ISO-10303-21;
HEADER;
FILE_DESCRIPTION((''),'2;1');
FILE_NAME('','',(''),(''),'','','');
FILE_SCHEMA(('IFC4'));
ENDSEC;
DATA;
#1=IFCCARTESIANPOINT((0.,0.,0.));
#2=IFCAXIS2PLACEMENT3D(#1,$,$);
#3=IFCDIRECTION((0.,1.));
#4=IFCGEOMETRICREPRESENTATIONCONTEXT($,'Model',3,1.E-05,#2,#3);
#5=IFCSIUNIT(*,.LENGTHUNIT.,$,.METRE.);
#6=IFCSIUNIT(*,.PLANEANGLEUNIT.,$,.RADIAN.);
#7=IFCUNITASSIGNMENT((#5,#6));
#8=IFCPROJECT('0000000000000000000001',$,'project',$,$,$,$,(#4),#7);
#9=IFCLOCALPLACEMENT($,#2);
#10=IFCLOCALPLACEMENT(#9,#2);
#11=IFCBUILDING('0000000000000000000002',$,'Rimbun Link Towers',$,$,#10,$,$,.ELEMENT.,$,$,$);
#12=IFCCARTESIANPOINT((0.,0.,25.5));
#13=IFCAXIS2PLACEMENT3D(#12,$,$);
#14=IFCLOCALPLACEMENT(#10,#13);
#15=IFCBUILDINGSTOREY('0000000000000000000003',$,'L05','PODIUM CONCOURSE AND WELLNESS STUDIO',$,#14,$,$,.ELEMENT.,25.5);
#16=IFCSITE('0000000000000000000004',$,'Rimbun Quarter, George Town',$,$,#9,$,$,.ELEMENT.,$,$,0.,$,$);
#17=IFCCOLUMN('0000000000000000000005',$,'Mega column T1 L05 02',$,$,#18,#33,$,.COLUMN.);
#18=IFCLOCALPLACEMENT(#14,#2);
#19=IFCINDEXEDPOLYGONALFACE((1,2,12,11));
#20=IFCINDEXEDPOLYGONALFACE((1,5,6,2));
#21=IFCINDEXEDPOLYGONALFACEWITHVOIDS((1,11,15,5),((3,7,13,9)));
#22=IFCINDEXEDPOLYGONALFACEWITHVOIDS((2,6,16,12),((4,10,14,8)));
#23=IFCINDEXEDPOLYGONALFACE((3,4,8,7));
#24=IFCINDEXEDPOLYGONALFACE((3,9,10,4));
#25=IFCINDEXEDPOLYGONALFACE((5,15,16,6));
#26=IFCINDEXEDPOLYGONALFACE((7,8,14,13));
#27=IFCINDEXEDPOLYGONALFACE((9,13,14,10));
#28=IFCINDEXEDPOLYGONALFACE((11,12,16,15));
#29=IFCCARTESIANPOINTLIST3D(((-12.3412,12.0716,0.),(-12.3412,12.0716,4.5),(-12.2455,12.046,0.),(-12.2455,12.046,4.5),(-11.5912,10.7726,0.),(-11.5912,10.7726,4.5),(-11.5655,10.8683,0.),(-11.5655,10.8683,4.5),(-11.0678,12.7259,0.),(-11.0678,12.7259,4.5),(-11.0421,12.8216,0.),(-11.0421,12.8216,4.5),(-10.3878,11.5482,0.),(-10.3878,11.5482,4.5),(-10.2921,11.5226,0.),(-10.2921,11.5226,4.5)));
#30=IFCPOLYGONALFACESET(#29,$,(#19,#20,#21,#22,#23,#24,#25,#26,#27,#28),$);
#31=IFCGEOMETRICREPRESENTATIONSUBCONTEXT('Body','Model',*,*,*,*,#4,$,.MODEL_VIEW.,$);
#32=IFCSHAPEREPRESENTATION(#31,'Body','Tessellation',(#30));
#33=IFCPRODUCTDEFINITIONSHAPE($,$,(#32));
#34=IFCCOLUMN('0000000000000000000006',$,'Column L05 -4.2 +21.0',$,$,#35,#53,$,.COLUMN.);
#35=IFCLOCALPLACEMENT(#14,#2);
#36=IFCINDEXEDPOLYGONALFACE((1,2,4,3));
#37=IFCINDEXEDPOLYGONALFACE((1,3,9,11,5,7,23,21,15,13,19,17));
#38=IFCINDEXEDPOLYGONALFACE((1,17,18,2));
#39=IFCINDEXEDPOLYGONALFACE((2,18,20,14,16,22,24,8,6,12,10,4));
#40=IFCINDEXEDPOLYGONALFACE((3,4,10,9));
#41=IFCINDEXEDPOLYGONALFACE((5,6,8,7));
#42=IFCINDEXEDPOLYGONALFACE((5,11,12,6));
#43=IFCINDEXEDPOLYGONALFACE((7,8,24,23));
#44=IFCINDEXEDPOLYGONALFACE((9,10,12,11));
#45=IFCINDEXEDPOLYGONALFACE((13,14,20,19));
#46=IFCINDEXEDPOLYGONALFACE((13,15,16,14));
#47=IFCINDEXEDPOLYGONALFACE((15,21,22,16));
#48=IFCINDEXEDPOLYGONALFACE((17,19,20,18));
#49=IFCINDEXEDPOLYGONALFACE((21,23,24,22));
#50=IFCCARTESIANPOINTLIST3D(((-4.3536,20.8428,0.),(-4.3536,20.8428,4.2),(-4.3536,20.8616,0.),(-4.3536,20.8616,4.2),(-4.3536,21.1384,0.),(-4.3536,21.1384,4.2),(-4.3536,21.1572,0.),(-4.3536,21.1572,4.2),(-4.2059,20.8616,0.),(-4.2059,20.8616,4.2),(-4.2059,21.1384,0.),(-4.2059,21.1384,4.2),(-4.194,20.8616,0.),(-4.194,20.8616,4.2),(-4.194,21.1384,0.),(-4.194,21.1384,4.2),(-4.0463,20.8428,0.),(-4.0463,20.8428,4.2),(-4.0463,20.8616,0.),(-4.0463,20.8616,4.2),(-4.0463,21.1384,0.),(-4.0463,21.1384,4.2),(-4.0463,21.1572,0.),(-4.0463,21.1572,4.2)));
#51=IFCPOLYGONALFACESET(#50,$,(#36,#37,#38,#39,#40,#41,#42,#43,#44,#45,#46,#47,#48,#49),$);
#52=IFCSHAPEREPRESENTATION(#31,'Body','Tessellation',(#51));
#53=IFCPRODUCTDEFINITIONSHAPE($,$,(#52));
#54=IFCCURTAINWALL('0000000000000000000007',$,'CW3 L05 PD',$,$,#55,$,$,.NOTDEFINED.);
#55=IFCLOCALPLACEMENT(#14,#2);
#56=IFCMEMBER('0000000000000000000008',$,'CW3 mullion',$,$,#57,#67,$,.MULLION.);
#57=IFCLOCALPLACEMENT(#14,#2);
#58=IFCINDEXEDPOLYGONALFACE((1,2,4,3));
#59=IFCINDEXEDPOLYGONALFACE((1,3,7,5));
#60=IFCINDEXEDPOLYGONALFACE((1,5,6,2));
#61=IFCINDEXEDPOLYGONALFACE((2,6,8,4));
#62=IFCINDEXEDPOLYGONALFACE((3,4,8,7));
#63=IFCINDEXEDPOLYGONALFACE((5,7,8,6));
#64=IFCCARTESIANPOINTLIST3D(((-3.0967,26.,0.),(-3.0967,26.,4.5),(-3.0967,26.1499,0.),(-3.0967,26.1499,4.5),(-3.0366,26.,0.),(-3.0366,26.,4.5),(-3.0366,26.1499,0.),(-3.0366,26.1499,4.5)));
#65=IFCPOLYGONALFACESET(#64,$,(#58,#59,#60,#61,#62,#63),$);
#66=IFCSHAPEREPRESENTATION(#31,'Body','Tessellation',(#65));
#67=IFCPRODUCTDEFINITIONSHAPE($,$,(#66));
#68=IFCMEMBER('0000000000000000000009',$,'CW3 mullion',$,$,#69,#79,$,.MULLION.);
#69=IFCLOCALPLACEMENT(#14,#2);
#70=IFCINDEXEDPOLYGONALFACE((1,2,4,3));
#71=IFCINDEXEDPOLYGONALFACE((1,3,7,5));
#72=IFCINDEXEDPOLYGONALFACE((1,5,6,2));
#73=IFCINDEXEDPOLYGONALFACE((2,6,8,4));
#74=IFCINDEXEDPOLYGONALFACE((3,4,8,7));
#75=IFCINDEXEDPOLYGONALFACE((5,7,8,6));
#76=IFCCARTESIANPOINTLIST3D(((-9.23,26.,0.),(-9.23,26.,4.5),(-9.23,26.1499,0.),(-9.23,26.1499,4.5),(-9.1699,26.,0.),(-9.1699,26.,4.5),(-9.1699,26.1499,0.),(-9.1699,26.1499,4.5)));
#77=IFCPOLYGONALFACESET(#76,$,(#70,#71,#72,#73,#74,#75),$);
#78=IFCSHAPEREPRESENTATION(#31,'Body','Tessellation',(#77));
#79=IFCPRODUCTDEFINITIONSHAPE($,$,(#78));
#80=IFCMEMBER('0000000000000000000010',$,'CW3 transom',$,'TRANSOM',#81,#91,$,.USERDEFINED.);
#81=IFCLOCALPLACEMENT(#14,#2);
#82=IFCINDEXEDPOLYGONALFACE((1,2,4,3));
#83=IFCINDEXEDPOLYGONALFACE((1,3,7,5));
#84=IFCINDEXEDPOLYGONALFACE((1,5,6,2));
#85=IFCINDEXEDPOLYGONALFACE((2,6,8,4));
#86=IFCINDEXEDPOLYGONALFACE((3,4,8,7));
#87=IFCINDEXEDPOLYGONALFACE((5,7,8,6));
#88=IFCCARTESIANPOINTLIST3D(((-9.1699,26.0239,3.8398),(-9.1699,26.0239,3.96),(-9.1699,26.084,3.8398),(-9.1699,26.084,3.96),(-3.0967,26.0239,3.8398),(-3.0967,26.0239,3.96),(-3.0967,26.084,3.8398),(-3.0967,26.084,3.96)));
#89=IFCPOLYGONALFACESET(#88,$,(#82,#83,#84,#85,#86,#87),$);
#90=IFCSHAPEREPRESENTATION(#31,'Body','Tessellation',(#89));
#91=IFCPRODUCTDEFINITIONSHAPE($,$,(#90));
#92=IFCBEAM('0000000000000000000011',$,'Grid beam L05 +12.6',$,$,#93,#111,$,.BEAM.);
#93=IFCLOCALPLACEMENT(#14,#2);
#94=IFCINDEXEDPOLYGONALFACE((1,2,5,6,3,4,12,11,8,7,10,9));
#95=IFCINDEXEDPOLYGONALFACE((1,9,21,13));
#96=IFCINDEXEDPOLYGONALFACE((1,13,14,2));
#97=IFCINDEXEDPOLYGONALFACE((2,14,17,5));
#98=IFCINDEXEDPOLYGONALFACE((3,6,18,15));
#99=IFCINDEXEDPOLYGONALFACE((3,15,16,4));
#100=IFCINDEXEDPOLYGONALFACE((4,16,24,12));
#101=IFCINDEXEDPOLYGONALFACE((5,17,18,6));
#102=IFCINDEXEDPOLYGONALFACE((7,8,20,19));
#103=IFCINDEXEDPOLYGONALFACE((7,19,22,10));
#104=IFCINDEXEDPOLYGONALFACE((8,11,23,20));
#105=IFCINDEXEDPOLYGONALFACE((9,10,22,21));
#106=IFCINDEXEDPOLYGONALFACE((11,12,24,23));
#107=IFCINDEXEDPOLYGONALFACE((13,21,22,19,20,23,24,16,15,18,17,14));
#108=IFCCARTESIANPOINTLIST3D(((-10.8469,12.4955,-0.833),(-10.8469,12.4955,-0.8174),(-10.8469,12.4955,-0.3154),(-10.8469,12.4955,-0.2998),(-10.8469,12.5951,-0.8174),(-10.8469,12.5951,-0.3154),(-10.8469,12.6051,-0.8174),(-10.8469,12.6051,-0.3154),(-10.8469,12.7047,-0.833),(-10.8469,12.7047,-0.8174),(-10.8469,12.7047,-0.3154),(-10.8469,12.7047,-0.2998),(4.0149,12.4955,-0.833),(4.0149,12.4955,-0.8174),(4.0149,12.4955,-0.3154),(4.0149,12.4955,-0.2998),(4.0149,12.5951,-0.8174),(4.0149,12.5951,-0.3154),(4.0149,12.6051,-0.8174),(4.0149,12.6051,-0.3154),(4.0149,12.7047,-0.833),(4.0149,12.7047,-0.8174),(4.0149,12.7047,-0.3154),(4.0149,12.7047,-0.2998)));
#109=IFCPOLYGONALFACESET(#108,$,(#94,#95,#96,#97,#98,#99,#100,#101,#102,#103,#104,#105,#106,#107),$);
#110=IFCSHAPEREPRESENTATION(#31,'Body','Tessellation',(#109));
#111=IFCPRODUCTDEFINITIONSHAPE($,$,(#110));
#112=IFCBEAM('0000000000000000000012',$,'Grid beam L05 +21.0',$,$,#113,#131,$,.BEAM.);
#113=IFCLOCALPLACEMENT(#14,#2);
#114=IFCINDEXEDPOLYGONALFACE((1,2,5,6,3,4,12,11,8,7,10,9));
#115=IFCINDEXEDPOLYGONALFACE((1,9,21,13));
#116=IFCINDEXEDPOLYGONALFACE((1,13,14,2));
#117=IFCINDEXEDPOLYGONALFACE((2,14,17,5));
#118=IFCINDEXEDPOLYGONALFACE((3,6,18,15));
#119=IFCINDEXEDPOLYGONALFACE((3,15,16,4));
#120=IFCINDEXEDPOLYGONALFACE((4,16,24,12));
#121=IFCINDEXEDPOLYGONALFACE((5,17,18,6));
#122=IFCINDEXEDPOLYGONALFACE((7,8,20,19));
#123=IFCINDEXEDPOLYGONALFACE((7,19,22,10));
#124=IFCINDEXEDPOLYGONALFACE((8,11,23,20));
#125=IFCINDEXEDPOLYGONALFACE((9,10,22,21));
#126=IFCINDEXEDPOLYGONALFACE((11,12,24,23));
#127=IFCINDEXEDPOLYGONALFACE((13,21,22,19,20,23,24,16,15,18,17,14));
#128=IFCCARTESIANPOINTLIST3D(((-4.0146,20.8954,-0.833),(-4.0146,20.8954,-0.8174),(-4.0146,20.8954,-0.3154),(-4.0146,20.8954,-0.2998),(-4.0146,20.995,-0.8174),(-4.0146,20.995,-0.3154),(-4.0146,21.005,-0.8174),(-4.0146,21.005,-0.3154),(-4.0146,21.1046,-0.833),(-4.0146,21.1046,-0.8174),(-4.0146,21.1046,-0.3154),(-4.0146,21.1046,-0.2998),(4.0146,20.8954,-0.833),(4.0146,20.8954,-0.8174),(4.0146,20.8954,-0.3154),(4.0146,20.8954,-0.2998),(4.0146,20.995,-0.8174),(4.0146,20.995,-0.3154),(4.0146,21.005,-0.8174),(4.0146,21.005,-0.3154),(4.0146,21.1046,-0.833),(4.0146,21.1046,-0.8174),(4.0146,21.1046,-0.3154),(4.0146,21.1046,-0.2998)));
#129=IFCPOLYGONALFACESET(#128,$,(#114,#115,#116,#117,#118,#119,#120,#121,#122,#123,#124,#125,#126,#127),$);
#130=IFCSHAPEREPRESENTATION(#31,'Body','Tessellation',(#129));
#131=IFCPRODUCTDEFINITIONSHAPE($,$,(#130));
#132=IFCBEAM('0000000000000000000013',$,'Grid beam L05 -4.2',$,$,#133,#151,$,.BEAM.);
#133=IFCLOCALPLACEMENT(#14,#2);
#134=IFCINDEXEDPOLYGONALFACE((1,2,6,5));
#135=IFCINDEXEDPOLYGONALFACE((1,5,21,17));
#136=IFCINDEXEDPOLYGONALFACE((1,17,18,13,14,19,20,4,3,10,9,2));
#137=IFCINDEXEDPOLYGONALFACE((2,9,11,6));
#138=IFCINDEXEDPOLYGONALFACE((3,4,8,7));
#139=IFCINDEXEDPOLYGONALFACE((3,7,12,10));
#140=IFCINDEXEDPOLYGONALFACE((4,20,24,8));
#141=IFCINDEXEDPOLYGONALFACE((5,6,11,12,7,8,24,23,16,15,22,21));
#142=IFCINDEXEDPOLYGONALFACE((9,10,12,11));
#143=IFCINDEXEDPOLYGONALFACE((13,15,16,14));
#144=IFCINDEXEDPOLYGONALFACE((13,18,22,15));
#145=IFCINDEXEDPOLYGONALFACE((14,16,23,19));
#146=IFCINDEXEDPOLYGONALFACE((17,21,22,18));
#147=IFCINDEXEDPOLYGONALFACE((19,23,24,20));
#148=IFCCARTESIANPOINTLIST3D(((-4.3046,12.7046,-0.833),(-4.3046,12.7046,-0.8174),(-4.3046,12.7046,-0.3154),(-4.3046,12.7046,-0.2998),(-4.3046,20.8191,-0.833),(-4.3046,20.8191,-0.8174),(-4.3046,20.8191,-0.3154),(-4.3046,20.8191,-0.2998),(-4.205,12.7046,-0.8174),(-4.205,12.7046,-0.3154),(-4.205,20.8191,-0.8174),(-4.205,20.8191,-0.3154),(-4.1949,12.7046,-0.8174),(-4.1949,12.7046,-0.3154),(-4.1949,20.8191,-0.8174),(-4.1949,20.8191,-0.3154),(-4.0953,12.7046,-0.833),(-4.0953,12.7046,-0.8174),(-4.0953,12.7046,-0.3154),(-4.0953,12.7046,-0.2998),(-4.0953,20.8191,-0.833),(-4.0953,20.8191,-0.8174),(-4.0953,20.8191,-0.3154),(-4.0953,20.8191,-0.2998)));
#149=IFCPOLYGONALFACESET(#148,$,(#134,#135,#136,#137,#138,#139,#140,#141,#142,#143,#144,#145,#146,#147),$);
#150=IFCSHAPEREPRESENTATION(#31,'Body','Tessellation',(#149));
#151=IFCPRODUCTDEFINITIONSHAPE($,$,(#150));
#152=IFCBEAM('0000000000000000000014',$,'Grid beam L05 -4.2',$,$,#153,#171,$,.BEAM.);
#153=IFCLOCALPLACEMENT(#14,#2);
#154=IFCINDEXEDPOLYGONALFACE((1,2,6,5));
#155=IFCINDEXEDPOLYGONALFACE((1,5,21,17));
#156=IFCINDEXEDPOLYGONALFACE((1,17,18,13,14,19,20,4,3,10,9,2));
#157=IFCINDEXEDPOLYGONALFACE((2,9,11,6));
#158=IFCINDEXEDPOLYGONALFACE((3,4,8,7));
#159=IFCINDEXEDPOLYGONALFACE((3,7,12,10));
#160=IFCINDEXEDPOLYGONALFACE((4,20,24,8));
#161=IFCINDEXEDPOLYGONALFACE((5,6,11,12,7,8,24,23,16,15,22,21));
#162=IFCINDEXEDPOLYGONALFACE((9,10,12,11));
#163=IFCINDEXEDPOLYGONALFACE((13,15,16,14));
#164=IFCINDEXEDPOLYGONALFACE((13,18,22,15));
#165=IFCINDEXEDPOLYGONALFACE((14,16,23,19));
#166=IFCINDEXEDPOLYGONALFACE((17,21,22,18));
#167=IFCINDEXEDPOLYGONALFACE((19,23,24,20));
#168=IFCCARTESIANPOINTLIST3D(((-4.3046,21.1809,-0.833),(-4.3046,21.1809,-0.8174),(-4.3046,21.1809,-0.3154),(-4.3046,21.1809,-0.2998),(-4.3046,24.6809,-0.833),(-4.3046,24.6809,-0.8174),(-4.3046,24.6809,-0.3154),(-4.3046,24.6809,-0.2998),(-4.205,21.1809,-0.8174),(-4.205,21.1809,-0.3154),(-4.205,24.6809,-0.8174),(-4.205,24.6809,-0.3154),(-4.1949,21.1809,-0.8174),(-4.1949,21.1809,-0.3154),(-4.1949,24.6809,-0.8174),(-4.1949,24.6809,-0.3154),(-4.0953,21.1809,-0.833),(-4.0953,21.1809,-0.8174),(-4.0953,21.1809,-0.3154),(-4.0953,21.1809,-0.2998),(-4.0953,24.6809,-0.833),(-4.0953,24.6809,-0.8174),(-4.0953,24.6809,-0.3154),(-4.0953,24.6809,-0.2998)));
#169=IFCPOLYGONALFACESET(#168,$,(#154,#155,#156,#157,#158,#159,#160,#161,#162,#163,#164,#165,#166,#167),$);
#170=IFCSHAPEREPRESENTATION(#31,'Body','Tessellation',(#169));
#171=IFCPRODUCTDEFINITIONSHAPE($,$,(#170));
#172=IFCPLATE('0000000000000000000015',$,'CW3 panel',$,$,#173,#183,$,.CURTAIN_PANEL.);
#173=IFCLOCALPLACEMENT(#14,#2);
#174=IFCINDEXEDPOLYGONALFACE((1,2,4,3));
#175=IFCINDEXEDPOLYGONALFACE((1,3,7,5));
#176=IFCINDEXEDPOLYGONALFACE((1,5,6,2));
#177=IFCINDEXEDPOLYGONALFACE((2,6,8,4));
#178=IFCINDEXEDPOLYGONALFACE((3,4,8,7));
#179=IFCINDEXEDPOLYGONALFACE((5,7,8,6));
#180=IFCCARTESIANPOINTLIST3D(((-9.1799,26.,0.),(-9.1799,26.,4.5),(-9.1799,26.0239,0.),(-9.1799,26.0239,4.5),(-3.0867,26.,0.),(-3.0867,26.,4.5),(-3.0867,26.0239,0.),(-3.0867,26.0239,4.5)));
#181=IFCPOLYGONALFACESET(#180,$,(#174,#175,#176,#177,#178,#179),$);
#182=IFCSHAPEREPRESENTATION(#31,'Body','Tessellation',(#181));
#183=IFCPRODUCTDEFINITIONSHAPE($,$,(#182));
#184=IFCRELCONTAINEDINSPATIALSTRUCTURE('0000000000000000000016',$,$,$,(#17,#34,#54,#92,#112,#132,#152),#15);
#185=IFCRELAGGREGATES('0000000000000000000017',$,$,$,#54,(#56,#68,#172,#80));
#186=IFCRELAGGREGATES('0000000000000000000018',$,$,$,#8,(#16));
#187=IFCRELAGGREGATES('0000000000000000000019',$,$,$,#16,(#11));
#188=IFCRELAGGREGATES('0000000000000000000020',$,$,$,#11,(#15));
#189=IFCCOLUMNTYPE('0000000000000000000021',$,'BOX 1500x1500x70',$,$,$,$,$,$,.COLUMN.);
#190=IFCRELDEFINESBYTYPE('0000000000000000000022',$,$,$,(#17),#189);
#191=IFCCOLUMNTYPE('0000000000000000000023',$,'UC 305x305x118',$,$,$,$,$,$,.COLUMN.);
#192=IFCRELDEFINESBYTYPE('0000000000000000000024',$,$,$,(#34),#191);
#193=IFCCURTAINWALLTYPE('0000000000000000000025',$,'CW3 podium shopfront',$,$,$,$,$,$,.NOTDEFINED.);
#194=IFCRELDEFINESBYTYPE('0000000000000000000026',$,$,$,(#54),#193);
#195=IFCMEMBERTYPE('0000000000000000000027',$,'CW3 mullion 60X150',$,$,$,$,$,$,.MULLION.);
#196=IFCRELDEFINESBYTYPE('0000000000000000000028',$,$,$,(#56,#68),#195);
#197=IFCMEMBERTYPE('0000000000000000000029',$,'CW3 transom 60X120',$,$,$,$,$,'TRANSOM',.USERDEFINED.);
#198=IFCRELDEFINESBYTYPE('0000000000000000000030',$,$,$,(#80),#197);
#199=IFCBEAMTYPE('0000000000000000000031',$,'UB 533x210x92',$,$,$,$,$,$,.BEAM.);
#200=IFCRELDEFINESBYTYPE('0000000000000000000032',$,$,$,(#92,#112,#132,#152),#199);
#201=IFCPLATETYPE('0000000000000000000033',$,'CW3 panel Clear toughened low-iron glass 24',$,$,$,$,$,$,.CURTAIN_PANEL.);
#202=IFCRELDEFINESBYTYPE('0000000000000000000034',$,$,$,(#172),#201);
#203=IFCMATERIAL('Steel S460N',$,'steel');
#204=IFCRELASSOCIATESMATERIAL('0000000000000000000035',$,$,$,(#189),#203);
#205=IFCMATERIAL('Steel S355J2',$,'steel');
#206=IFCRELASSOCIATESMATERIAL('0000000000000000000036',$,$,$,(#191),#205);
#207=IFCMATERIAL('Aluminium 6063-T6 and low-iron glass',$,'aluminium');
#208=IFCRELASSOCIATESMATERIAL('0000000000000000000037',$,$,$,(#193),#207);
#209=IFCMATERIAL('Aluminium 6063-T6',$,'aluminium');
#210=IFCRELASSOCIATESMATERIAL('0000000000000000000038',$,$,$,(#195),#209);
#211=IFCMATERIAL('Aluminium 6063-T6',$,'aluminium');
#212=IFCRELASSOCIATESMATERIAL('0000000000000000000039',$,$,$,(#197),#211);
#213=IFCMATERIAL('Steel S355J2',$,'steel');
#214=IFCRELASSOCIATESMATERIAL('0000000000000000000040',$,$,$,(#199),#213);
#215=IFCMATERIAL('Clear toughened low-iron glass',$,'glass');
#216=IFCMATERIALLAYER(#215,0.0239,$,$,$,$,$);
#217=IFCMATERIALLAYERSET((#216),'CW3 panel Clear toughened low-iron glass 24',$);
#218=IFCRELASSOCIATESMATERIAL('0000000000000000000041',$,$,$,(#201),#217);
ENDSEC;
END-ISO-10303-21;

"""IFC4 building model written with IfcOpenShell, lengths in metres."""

from ifc_helpers import new_model, si_unit, direction, frame, origin, origin_2d, place, context, subcontext, project, spatial, rectangle, hollow_rectangle, i_section, extrude, material, layer, layer_set, material_profile, profile_set, type_object, element, aggregate, save


model = new_model("IFC4")

# Units and contexts
model_context = context("Model", 3, precision=1e-05, world=origin(), true_north=direction((0.0, 1.0)))
body_context = subcontext(model_context, "Body", "Model", "MODEL_VIEW")
ifc_project = project(units=[si_unit("LENGTHUNIT", "METRE"), si_unit("PLANEANGLEUNIT", "RADIAN")], contexts=[model_context])

# Site, building, storey
site_placement = place(None, origin())
site = spatial("IfcSite", under=ifc_project, at=site_placement, Name="Rimbun Quarter, George Town", CompositionType="ELEMENT", RefElevation=0.0)
building_placement = place(site_placement, origin())
building = spatial("IfcBuilding", under=site, at=building_placement, Name="Rimbun Link Towers", CompositionType="ELEMENT")
storey_placement = place(building_placement, frame((0.0, 0.0, 25.5)))
storey = spatial("IfcBuildingStorey", under=building, at=storey_placement, Name="L05", Description="PODIUM CONCOURSE AND WELLNESS STUDIO", CompositionType="ELEMENT", Elevation=25.5)

# Columns
ifc_material_1 = material(Name="Steel S460N", Category="steel")
ifc_material_profile_1 = material_profile(ifc_material_1, hollow_rectangle(XDim=1.5, YDim=1.5, WallThickness=0.0701, at=origin_2d()), Name="BOX 1500x1500x70")
ifc_profile_set_1 = profile_set([ifc_material_profile_1], Name="Steel S460N")
column_type_1 = type_object("IfcColumnType", Name="BOX 1500x1500x70", PredefinedType="COLUMN", material=ifc_profile_set_1)
column_1_placement = place(storey_placement, frame((-11.3167, 11.7971, 0.0), z_axis=(0.0, 0.0, 1.0), x_axis=(0.866025, 0.5, 0.0)))
element("IfcColumn", 1, at=column_1_placement, inside=storey, type_object=column_type_1, Name="Mega column T1 L05 02", PredefinedType="COLUMN", context=body_context, shape_type="SweptSolid", body=[
    extrude(hollow_rectangle(XDim=1.5, YDim=1.5, WallThickness=0.0701, at=origin_2d()), origin(), (0.0, 0.0, 1.0), 4.5),
])
ifc_material_2 = material(Name="Steel S355J2", Category="steel")
ifc_material_profile_2 = material_profile(ifc_material_2, i_section(OverallWidth=0.3074, OverallDepth=0.3145, WebThickness=0.012, FlangeThickness=0.0188, at=origin_2d()), Name="UC 305x305x118")
ifc_profile_set_2 = profile_set([ifc_material_profile_2], Name="Steel S355J2")
column_type_2 = type_object("IfcColumnType", Name="UC 305x305x118", PredefinedType="COLUMN", material=ifc_profile_set_2)
column_2_placement = place(storey_placement, frame((-4.2, 21.0, 0.0), z_axis=(0.0, 0.0, 1.0), x_axis=(1.0, 0.0, 0.0)))
element("IfcColumn", 2, at=column_2_placement, inside=storey, type_object=column_type_2, Name="Column L05 -4.2 +21.0", PredefinedType="COLUMN", context=body_context, shape_type="SweptSolid", body=[
    extrude(i_section(OverallWidth=0.3074, OverallDepth=0.3145, WebThickness=0.012, FlangeThickness=0.0188, at=origin_2d()), origin(), (0.0, 0.0, 1.0), 4.2),
])

# Curtain wall, members
ifc_material_3 = material(Name="Aluminium 6063-T6 and low-iron glass", Category="aluminium")
curtain_wall_type = type_object("IfcCurtainWallType", Name="CW3 podium shopfront", PredefinedType="NOTDEFINED", material=ifc_material_3)
curtain_wall_placement = place(storey_placement, origin())
curtain_wall = element("IfcCurtainWall", 3, at=curtain_wall_placement, inside=storey, type_object=curtain_wall_type, Name="CW3 L05 PD", PredefinedType="NOTDEFINED")
ifc_material_4 = material(Name="Aluminium 6063-T6", Category="aluminium")
ifc_material_profile_3 = material_profile(ifc_material_4, rectangle(XDim=0.1499, YDim=0.0601, at=origin_2d()), Name="MULLION 60X150")
ifc_profile_set_3 = profile_set([ifc_material_profile_3], Name="Aluminium 6063-T6")
member_type_1 = type_object("IfcMemberType", Name="CW3 mullion 60X150", PredefinedType="MULLION", material=ifc_profile_set_3)
member_1_placement = place(storey_placement, frame((-3.0667, 26.075, 0.0), z_axis=(0.0, 0.0, 1.0), x_axis=(0.0, 1.0, 0.0)))
member_1 = element("IfcMember", 4, at=member_1_placement, type_object=member_type_1, Name="CW3 mullion", PredefinedType="MULLION", context=body_context, shape_type="SweptSolid", body=[
    extrude(rectangle(XDim=0.1499, YDim=0.0601, at=origin_2d()), origin(), (0.0, 0.0, 1.0), 4.5),
])
member_2_placement = place(storey_placement, frame((-9.2, 26.075, 0.0), z_axis=(0.0, 0.0, 1.0), x_axis=(0.0, 1.0, 0.0)))
member_2 = element("IfcMember", 5, at=member_2_placement, type_object=member_type_1, Name="CW3 mullion", PredefinedType="MULLION", context=body_context, shape_type="SweptSolid", body=[
    extrude(rectangle(XDim=0.1499, YDim=0.0601, at=origin_2d()), origin(), (0.0, 0.0, 1.0), 4.5),
])
ifc_material_5 = material(Name="Aluminium 6063-T6", Category="aluminium")
ifc_material_profile_4 = material_profile(ifc_material_5, rectangle(XDim=0.0601, YDim=0.1201, at=origin_2d()), Name="TRANSOM 60X120")
ifc_profile_set_4 = profile_set([ifc_material_profile_4], Name="Aluminium 6063-T6")
member_type_2 = type_object("IfcMemberType", Name="CW3 transom 60X120", ElementType="TRANSOM", PredefinedType="USERDEFINED", material=ifc_profile_set_4)
member_3_placement = place(storey_placement, frame((-9.1699, 26.054, 3.8999), z_axis=(1.0, 0.0, 0.0), x_axis=(0.0, 1.0, 0.0)))
member_3 = element("IfcMember", 6, at=member_3_placement, type_object=member_type_2, Name="CW3 transom", ObjectType="TRANSOM", PredefinedType="USERDEFINED", context=body_context, shape_type="SweptSolid", body=[
    extrude(rectangle(XDim=0.0601, YDim=0.1201, at=origin_2d()), origin(), (0.0, 0.0, 1.0), 6.0732),
])

# Beams
ifc_material_6 = material(Name="Steel S355J2", Category="steel")
ifc_material_profile_5 = material_profile(ifc_material_6, i_section(OverallWidth=0.2092, OverallDepth=0.5332, WebThickness=0.01, FlangeThickness=0.0156, at=origin_2d()), Name="UB 533x210x92")
ifc_profile_set_5 = profile_set([ifc_material_profile_5], Name="Steel S355J2")
beam_type = type_object("IfcBeamType", Name="UB 533x210x92", PredefinedType="BEAM", material=ifc_profile_set_5)
beam_1_placement = place(storey_placement, frame((-10.8469, 12.6001, -0.5664), z_axis=(1.0, 0.0, 0.0), x_axis=(0.0, 1.0, 0.0)))
element("IfcBeam", 7, at=beam_1_placement, inside=storey, type_object=beam_type, Name="Grid beam L05 +12.6", PredefinedType="BEAM", context=body_context, shape_type="SweptSolid", body=[
    extrude(i_section(OverallWidth=0.2092, OverallDepth=0.5332, WebThickness=0.01, FlangeThickness=0.0156, at=origin_2d()), origin(), (0.0, 0.0, 1.0), 14.8618),
])
beam_2_placement = place(storey_placement, frame((-4.0146, 21.0, -0.5664), z_axis=(1.0, 0.0, 0.0), x_axis=(0.0, 1.0, 0.0)))
element("IfcBeam", 8, at=beam_2_placement, inside=storey, type_object=beam_type, Name="Grid beam L05 +21.0", PredefinedType="BEAM", context=body_context, shape_type="SweptSolid", body=[
    extrude(i_section(OverallWidth=0.2092, OverallDepth=0.5332, WebThickness=0.01, FlangeThickness=0.0156, at=origin_2d()), origin(), (0.0, 0.0, 1.0), 8.0293),
])
beam_3_placement = place(storey_placement, frame((-4.2, 12.7046, -0.5664), z_axis=(0.0, 1.0, 0.0), x_axis=(-1.0, 0.0, 0.0)))
element("IfcBeam", 9, at=beam_3_placement, inside=storey, type_object=beam_type, Name="Grid beam L05 -4.2", PredefinedType="BEAM", context=body_context, shape_type="SweptSolid", body=[
    extrude(i_section(OverallWidth=0.2092, OverallDepth=0.5332, WebThickness=0.01, FlangeThickness=0.0156, at=origin_2d()), origin(), (0.0, 0.0, 1.0), 8.1145),
])
beam_4_placement = place(storey_placement, frame((-4.2, 21.1809, -0.5664), z_axis=(0.0, 1.0, 0.0), x_axis=(-1.0, 0.0, 0.0)))
element("IfcBeam", 10, at=beam_4_placement, inside=storey, type_object=beam_type, Name="Grid beam L05 -4.2", PredefinedType="BEAM", context=body_context, shape_type="SweptSolid", body=[
    extrude(i_section(OverallWidth=0.2092, OverallDepth=0.5332, WebThickness=0.01, FlangeThickness=0.0156, at=origin_2d()), origin(), (0.0, 0.0, 1.0), 3.5),
])

# Plate
ifc_material_7 = material(Name="Clear toughened low-iron glass", Category="glass")
ifc_layer_1 = layer(ifc_material_7, 0.0239)
ifc_layer_set_1 = layer_set([ifc_layer_1], Name="CW3 panel Clear toughened low-iron glass 24")
plate_type = type_object("IfcPlateType", Name="CW3 panel Clear toughened low-iron glass 24", PredefinedType="CURTAIN_PANEL", material=ifc_layer_set_1)
plate_1_placement = place(storey_placement, frame((-6.1333, 26.012, 0.0), z_axis=(0.0, 0.0, 1.0), x_axis=(1.0, 0.0, 0.0)))
plate_1 = element("IfcPlate", 11, at=plate_1_placement, type_object=plate_type, Name="CW3 panel", PredefinedType="CURTAIN_PANEL", context=body_context, shape_type="SweptSolid", body=[
    extrude(rectangle(XDim=6.0933, YDim=0.0239, at=origin_2d()), origin(), (0.0, 0.0, 1.0), 4.5),
])
aggregate(curtain_wall, [member_1, member_2, plate_1, member_3])

save(model, "model.ifc")
